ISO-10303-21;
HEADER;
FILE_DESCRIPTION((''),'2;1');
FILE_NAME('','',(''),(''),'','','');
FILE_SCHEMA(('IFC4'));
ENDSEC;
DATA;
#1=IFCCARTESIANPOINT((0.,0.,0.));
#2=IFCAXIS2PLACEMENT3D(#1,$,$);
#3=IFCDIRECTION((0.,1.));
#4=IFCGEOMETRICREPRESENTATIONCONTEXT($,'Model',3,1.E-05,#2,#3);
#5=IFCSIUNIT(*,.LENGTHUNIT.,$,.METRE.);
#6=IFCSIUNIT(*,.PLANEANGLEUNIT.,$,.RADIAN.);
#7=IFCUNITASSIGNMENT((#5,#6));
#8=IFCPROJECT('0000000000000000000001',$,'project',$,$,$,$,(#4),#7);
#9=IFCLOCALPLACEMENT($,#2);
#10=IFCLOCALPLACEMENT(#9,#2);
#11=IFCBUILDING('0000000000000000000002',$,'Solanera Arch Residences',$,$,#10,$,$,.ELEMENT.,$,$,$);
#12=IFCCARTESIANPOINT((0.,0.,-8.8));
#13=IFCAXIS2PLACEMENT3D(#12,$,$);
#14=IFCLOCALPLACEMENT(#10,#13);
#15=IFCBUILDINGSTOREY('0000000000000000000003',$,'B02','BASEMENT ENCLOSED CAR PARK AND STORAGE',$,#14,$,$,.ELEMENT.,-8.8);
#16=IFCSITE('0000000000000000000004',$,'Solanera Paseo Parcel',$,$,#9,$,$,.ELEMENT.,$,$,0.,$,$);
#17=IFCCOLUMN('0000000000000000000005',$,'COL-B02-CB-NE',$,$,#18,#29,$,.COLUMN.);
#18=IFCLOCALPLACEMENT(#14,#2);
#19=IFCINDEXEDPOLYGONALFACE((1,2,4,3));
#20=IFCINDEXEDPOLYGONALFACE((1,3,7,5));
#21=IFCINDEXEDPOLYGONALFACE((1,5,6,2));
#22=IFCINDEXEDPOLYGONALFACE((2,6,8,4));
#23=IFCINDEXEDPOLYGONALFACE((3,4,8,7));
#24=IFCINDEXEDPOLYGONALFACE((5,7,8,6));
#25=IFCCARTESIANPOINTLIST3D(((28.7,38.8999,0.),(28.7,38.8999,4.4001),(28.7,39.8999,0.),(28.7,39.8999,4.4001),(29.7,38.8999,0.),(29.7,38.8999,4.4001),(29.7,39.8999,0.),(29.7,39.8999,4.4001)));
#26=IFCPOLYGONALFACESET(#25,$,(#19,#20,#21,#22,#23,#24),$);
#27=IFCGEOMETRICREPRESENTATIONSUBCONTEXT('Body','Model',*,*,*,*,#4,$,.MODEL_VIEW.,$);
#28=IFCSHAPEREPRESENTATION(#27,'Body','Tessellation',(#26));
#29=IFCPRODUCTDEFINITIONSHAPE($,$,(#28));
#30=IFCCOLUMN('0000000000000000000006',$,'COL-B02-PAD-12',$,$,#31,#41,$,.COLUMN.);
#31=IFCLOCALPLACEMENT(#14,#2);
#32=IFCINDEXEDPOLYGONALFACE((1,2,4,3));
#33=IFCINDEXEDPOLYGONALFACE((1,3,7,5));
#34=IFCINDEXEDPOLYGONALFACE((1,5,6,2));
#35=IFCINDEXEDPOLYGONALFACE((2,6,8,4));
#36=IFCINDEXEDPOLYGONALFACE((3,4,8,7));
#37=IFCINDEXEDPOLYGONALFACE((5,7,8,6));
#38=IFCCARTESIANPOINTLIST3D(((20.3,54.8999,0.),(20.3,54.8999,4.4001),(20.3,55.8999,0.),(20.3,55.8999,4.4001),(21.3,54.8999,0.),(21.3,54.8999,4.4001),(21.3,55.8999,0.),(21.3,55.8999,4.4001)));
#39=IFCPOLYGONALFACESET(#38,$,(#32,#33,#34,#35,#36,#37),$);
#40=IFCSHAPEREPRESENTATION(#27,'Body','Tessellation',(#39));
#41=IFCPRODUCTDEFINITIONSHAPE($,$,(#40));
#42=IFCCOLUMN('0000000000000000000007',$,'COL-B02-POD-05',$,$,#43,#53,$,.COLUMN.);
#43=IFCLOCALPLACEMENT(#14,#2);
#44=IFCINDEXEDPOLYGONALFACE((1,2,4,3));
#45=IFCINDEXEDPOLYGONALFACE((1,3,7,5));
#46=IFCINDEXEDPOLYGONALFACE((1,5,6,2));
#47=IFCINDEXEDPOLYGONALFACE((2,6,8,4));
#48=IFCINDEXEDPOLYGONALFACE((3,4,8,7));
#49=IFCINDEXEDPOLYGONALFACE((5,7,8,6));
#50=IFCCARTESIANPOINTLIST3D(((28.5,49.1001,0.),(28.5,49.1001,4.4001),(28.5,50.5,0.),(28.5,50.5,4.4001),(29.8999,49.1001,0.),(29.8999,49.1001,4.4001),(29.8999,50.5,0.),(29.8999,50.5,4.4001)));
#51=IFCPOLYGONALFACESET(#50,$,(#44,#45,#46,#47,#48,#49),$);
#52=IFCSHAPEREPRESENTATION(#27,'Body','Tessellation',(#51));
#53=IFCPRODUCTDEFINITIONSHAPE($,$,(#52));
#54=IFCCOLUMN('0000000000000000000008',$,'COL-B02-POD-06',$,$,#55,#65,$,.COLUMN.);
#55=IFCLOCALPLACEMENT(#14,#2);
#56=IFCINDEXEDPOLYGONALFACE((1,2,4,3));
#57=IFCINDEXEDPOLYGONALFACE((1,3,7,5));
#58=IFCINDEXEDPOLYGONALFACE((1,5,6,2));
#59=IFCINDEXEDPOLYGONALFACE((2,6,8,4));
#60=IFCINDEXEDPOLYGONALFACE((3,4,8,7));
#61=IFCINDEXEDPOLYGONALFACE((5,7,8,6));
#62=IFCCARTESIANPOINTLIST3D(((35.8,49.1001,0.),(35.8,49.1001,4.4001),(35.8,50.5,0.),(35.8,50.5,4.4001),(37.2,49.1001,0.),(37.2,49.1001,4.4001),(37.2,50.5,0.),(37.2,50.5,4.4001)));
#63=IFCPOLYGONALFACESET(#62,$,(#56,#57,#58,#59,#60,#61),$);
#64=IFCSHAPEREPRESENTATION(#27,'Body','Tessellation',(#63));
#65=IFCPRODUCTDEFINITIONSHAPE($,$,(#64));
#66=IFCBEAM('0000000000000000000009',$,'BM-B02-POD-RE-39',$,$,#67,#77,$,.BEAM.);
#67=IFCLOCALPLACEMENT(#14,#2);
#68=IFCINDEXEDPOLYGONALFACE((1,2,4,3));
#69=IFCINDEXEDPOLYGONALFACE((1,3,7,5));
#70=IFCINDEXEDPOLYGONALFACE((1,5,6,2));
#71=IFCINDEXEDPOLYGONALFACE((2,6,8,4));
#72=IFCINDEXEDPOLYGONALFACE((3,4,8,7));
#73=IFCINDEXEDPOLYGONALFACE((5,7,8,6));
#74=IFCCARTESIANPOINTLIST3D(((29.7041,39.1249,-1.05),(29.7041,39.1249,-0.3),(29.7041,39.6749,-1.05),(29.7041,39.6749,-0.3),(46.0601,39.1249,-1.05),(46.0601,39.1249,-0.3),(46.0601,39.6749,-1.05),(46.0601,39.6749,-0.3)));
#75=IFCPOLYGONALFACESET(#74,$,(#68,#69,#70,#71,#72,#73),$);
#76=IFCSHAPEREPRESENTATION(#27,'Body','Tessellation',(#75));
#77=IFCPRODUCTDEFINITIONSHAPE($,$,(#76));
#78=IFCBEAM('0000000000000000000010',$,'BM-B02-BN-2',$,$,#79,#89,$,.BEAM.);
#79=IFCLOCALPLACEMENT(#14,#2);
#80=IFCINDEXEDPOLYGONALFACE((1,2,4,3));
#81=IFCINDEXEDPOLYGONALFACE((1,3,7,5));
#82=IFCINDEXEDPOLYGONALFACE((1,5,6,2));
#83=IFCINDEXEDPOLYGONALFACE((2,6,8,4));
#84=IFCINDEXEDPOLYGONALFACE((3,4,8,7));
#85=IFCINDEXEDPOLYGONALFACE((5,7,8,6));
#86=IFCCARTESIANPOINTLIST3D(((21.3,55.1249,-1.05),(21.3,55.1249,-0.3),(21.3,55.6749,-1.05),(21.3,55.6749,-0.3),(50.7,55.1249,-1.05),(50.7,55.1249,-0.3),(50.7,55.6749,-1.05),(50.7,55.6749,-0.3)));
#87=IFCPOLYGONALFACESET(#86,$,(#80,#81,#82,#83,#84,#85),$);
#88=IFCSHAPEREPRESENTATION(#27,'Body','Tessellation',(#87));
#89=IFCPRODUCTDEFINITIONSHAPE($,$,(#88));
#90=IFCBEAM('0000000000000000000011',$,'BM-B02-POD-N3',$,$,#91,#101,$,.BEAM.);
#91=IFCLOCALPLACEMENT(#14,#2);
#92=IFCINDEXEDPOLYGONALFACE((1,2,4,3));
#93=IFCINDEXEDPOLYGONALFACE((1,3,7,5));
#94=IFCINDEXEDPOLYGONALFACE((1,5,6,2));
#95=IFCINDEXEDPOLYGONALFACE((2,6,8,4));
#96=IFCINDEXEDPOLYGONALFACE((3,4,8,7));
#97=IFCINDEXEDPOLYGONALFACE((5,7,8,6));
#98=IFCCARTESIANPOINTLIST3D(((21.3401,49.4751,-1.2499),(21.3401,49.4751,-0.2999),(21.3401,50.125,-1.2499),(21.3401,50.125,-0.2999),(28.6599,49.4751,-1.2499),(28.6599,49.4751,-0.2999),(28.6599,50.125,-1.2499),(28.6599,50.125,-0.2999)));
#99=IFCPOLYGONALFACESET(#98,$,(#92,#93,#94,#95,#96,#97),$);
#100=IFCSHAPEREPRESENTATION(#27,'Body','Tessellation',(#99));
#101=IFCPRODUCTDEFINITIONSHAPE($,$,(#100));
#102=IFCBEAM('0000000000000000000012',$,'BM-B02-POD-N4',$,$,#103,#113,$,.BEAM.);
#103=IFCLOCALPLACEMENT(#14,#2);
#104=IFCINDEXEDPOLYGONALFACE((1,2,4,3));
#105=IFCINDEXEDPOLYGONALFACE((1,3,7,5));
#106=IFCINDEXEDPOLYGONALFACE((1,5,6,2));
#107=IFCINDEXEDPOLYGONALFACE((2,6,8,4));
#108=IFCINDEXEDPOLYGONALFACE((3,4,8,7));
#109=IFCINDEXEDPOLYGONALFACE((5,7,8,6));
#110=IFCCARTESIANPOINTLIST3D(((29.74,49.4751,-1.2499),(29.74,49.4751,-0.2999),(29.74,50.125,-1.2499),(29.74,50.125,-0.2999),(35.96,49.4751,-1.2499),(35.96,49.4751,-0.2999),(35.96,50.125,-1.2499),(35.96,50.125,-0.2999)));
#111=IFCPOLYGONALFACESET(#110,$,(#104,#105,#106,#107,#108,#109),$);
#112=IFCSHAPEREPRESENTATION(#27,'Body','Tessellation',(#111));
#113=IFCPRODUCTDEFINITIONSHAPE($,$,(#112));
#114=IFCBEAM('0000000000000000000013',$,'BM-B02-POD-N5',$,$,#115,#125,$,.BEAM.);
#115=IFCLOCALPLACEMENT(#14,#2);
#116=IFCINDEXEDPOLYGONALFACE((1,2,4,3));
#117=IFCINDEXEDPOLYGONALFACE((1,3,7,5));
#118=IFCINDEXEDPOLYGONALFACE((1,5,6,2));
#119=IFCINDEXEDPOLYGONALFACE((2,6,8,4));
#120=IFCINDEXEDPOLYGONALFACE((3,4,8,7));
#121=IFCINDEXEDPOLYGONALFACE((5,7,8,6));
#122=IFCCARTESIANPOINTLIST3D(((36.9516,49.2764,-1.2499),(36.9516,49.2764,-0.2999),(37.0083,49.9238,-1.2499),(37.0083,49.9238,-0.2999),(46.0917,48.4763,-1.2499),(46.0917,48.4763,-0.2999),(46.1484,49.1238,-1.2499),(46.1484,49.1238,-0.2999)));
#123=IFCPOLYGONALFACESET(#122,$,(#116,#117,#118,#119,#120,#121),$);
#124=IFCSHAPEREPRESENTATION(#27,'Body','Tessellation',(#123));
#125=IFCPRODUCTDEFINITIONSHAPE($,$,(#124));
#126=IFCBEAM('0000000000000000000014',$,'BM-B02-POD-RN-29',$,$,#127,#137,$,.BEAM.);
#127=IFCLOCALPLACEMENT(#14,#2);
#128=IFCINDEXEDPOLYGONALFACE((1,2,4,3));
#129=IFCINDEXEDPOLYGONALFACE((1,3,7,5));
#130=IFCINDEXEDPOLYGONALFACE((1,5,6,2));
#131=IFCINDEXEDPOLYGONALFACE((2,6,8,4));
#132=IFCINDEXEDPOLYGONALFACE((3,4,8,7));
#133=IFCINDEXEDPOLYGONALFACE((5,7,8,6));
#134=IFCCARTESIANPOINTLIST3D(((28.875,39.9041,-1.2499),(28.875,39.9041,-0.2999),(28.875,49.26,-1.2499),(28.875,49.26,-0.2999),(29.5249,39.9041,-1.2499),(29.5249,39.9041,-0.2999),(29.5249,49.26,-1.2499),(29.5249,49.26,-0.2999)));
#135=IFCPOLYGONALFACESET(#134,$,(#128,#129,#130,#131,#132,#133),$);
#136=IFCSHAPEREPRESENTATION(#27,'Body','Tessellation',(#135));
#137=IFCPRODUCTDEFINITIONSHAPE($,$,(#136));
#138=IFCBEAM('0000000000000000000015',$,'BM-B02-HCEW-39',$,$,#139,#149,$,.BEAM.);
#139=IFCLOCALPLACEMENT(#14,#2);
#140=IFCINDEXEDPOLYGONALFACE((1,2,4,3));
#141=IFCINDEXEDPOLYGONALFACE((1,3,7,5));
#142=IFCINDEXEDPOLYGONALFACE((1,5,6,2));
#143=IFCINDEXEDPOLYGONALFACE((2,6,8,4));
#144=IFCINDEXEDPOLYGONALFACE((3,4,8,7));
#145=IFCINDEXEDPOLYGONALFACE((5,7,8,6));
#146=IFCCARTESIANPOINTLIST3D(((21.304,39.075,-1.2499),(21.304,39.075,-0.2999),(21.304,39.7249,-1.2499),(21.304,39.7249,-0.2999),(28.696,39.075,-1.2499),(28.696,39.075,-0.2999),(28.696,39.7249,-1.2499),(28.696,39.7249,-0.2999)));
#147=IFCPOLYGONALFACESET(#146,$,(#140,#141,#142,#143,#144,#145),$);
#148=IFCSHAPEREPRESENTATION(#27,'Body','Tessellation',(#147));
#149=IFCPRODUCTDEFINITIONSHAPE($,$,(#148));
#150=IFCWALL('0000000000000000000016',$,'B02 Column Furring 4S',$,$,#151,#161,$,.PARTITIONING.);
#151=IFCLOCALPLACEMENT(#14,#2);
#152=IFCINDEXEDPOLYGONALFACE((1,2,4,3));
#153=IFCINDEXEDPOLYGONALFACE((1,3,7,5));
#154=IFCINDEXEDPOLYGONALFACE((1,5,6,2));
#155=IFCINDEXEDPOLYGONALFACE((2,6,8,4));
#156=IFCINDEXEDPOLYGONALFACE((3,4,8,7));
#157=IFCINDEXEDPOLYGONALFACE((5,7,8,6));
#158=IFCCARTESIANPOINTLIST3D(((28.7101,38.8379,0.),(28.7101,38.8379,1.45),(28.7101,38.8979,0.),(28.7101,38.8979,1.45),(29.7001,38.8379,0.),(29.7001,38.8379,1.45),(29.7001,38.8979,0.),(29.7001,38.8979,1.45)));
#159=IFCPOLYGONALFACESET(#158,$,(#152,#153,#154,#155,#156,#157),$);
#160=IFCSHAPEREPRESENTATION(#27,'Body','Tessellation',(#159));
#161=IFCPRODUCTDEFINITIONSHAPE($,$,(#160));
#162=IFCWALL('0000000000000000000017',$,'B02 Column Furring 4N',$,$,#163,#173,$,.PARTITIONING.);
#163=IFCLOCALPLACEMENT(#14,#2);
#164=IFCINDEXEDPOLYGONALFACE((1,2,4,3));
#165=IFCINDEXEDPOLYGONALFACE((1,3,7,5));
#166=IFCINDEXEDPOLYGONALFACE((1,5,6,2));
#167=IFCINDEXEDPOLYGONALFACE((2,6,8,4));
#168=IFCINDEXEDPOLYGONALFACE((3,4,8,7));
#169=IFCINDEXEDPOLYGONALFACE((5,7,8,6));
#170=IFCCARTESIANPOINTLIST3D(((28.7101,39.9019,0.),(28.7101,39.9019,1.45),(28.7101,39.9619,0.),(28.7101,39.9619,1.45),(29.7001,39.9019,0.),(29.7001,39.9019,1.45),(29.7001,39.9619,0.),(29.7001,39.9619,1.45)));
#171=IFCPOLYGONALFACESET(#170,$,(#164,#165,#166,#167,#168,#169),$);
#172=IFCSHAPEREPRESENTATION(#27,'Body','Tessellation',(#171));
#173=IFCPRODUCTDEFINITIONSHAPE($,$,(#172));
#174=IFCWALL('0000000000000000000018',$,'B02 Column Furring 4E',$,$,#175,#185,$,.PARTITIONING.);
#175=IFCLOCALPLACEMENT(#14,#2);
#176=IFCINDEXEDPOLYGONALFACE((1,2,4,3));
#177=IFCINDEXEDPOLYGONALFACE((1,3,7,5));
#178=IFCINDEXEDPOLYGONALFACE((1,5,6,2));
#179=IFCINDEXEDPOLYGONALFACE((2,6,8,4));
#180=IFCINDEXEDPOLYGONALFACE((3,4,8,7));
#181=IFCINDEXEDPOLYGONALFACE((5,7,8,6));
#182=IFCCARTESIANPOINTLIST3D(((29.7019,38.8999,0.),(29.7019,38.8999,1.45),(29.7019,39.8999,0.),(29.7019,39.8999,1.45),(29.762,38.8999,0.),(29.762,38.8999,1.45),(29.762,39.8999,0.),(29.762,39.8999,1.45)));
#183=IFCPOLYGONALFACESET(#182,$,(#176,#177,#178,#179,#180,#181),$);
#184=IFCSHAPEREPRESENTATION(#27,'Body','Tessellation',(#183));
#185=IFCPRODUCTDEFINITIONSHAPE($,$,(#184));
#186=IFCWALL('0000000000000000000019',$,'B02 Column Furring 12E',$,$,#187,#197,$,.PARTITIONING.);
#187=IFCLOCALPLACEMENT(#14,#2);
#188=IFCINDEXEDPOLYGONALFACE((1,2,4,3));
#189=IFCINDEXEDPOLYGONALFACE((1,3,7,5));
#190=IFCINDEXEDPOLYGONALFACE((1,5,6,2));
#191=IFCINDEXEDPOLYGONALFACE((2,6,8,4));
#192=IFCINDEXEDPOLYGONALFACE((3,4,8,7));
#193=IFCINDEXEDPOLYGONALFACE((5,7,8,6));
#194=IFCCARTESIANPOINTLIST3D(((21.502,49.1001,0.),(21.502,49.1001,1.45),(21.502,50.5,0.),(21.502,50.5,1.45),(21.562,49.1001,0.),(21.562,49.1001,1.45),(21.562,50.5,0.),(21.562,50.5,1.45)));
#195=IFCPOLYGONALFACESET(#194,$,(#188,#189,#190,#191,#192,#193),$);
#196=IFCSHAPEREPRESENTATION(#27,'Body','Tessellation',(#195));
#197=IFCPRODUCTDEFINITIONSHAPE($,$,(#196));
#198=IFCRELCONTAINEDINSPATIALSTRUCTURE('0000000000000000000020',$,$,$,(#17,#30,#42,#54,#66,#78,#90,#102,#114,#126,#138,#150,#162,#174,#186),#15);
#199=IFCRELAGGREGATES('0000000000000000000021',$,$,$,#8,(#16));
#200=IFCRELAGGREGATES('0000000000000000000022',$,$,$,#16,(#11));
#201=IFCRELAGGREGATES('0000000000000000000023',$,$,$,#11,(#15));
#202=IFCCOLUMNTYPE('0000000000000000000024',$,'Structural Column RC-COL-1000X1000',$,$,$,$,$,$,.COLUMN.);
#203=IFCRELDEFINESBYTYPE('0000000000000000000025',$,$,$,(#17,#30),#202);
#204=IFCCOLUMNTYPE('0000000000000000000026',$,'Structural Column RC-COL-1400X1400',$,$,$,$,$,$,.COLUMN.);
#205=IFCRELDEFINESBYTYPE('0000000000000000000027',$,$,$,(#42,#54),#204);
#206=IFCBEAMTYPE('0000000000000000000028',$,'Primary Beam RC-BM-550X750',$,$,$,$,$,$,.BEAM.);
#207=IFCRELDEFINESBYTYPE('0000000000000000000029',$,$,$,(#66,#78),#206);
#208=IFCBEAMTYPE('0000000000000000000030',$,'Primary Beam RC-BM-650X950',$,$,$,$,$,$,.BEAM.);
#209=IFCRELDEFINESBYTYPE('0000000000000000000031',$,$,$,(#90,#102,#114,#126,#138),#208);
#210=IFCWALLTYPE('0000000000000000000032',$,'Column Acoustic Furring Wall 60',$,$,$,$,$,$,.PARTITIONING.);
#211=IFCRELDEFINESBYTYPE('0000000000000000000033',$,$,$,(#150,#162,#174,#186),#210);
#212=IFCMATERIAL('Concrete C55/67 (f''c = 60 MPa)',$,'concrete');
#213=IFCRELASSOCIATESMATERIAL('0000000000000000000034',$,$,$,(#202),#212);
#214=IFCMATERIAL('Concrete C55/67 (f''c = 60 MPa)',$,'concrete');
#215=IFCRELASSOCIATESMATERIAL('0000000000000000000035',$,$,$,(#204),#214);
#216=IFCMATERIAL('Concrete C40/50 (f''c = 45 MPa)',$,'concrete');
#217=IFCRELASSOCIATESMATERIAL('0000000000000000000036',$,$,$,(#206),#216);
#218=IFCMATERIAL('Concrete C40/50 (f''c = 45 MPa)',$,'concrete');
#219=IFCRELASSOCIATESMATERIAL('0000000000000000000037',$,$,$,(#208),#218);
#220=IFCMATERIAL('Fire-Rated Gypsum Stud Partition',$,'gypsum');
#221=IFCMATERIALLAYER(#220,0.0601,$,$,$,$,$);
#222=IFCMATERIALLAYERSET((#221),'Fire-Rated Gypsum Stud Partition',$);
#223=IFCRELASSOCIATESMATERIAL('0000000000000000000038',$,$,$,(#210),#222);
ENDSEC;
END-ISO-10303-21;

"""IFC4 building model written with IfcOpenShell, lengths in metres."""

from ifc_helpers import new_model, si_unit, direction, frame, frame_2d, origin, origin_2d, place, context, subcontext, project, spatial, rectangle, extrude, material, layer, layer_set, material_profile, profile_set, type_object, element, save


model = new_model("IFC4")

# Units and contexts
model_context = context("Model", 3, precision=1e-05, world=origin(), true_north=direction((0.0, 1.0)))
body_context = subcontext(model_context, "Body", "Model", "MODEL_VIEW")
ifc_project = project(units=[si_unit("LENGTHUNIT", "METRE"), si_unit("PLANEANGLEUNIT", "RADIAN")], contexts=[model_context])

# Site, building, storey
site_placement = place(None, origin())
site = spatial("IfcSite", under=ifc_project, at=site_placement, Name="Solanera Paseo Parcel", CompositionType="ELEMENT", RefElevation=0.0)
building_placement = place(site_placement, origin())
building = spatial("IfcBuilding", under=site, at=building_placement, Name="Solanera Arch Residences", CompositionType="ELEMENT")
storey_placement = place(building_placement, frame((0.0, 0.0, -8.8)))
storey = spatial("IfcBuildingStorey", under=building, at=storey_placement, Name="B02", Description="BASEMENT ENCLOSED CAR PARK AND STORAGE", CompositionType="ELEMENT", Elevation=-8.8)

# Columns
ifc_material_1 = material(Name="Concrete C55/67 (f'c = 60 MPa)", Category="concrete")
ifc_material_profile_1 = material_profile(ifc_material_1, rectangle(XDim=1.0, YDim=1.0, at=origin_2d()))
ifc_profile_set_1 = profile_set([ifc_material_profile_1], Name="Concrete C55/67 (f'c = 60 MPa)")
column_type_1 = type_object("IfcColumnType", Name="Structural Column RC-COL-1000X1000", PredefinedType="COLUMN", material=ifc_profile_set_1)
for number, where, z_axis, x_axis, name in (
    (1, (29.2, 39.3999, 0.0), (0.0, 0.0, 1.0), (1.0, 0.0, 0.0), "COL-B02-CB-NE"),
    (2, (20.8, 55.3999, 0.0), (0.0, 0.0, 1.0), (1.0, 0.0, 0.0), "COL-B02-PAD-12"),
):
    element("IfcColumn", number, at=place(storey_placement, frame(where, z_axis=z_axis, x_axis=x_axis)), inside=storey, type_object=column_type_1, Name=name, PredefinedType="COLUMN", context=body_context, shape_type="SweptSolid", body=[
        extrude(rectangle(XDim=1.0, YDim=1.0, at=origin_2d()), origin(), (0.0, 0.0, 1.0), 4.4001),
    ])
ifc_material_2 = material(Name="Concrete C55/67 (f'c = 60 MPa)", Category="concrete")
ifc_material_profile_2 = material_profile(ifc_material_2, rectangle(XDim=1.3999, YDim=1.3999, at=origin_2d()))
ifc_profile_set_2 = profile_set([ifc_material_profile_2], Name="Concrete C55/67 (f'c = 60 MPa)")
column_type_2 = type_object("IfcColumnType", Name="Structural Column RC-COL-1400X1400", PredefinedType="COLUMN", material=ifc_profile_set_2)
for number, where, z_axis, x_axis, name in (
    (3, (29.2, 49.8, 0.0), (0.0, 0.0, 1.0), (1.0, 0.0, 0.0), "COL-B02-POD-05"),
    (4, (36.5, 49.8, 0.0), (0.0, 0.0, 1.0), (1.0, 0.0, 0.0), "COL-B02-POD-06"),
):
    element("IfcColumn", number, at=place(storey_placement, frame(where, z_axis=z_axis, x_axis=x_axis)), inside=storey, type_object=column_type_2, Name=name, PredefinedType="COLUMN", context=body_context, shape_type="SweptSolid", body=[
        extrude(rectangle(XDim=1.3999, YDim=1.3999, at=origin_2d()), origin(), (0.0, 0.0, 1.0), 4.4001),
    ])

# Beams
ifc_material_3 = material(Name="Concrete C40/50 (f'c = 45 MPa)", Category="concrete")
ifc_material_profile_3 = material_profile(ifc_material_3, rectangle(XDim=0.55, YDim=0.75, at=origin_2d()))
ifc_profile_set_3 = profile_set([ifc_material_profile_3], Name="Concrete C40/50 (f'c = 45 MPa)")
beam_type_1 = type_object("IfcBeamType", Name="Primary Beam RC-BM-550X750", PredefinedType="BEAM", material=ifc_profile_set_3)
beam_1_placement = place(storey_placement, frame((29.7041, 39.3999, -0.675), z_axis=(1.0, 0.0, 0.0), x_axis=(0.0, 1.0, 0.0)))
element("IfcBeam", 5, at=beam_1_placement, inside=storey, type_object=beam_type_1, Name="BM-B02-POD-RE-39", PredefinedType="BEAM", context=body_context, shape_type="SweptSolid", body=[
    extrude(rectangle(XDim=0.55, YDim=0.75, at=origin_2d()), origin(), (0.0, 0.0, 1.0), 16.356),
])
beam_2_placement = place(storey_placement, frame((21.3, 55.3999, -0.675), z_axis=(1.0, 0.0, 0.0), x_axis=(0.0, 1.0, 0.0)))
element("IfcBeam", 6, at=beam_2_placement, inside=storey, type_object=beam_type_1, Name="BM-B02-BN-2", PredefinedType="BEAM", context=body_context, shape_type="SweptSolid", body=[
    extrude(rectangle(XDim=0.55, YDim=0.75, at=origin_2d()), origin(), (0.0, 0.0, 1.0), 29.3999),
])
ifc_material_4 = material(Name="Concrete C40/50 (f'c = 45 MPa)", Category="concrete")
ifc_material_profile_4 = material_profile(ifc_material_4, rectangle(XDim=0.6499, YDim=0.95, at=origin_2d()))
ifc_profile_set_4 = profile_set([ifc_material_profile_4], Name="Concrete C40/50 (f'c = 45 MPa)")
beam_type_2 = type_object("IfcBeamType", Name="Primary Beam RC-BM-650X950", PredefinedType="BEAM", material=ifc_profile_set_4)
beam_3_placement = place(storey_placement, frame((21.3401, 49.8, -0.7749), z_axis=(1.0, 0.0, 0.0), x_axis=(0.0, 1.0, 0.0)))
element("IfcBeam", 7, at=beam_3_placement, inside=storey, type_object=beam_type_2, Name="BM-B02-POD-N3", PredefinedType="BEAM", context=body_context, shape_type="SweptSolid", body=[
    extrude(rectangle(XDim=0.6499, YDim=0.95, at=origin_2d()), origin(), (0.0, 0.0, 1.0), 7.3198),
])
beam_4_placement = place(storey_placement, frame((29.74, 49.8, -0.7749), z_axis=(1.0, 0.0, 0.0), x_axis=(0.0, 1.0, 0.0)))
element("IfcBeam", 8, at=beam_4_placement, inside=storey, type_object=beam_type_2, Name="BM-B02-POD-N4", PredefinedType="BEAM", context=body_context, shape_type="SweptSolid", body=[
    extrude(rectangle(XDim=0.6499, YDim=0.95, at=origin_2d()), origin(), (0.0, 0.0, 1.0), 6.22),
])
beam_5_placement = place(storey_placement, frame((36.98, 49.6001, -0.7749), z_axis=(0.996191, -0.087198, 0.0), x_axis=(0.087198, 0.996191, 0.0)))
element("IfcBeam", 9, at=beam_5_placement, inside=storey, type_object=beam_type_2, Name="BM-B02-POD-N5", PredefinedType="BEAM", context=body_context, shape_type="SweptSolid", body=[
    extrude(rectangle(XDim=0.6499, YDim=0.95, at=origin_2d()), origin(), (0.0, 0.0, 1.0), 9.175),
])
beam_6_placement = place(storey_placement, frame((29.2, 39.9041, -0.7749), z_axis=(0.0, 1.0, 0.0), x_axis=(-1.0, 0.0, 0.0)))
element("IfcBeam", 10, at=beam_6_placement, inside=storey, type_object=beam_type_2, Name="BM-B02-POD-RN-29", PredefinedType="BEAM", context=body_context, shape_type="SweptSolid", body=[
    extrude(rectangle(XDim=0.6499, YDim=0.95, at=origin_2d()), origin(), (0.0, 0.0, 1.0), 9.356),
])
beam_7_placement = place(storey_placement, frame((21.304, 39.3999, -0.7749), z_axis=(1.0, 0.0, 0.0), x_axis=(0.0, 1.0, 0.0)))
element("IfcBeam", 11, at=beam_7_placement, inside=storey, type_object=beam_type_2, Name="BM-B02-HCEW-39", PredefinedType="BEAM", context=body_context, shape_type="SweptSolid", body=[
    extrude(rectangle(XDim=0.6499, YDim=0.95, at=origin_2d()), origin(), (0.0, 0.0, 1.0), 7.3921),
])

# Walls
ifc_material_5 = material(Name="Fire-Rated Gypsum Stud Partition", Category="gypsum")
ifc_layer_1 = layer(ifc_material_5, 0.0601)
ifc_layer_set_1 = layer_set([ifc_layer_1], Name="Fire-Rated Gypsum Stud Partition")
wall_type_1 = type_object("IfcWallType", Name="Column Acoustic Furring Wall 60", PredefinedType="PARTITIONING", material=ifc_layer_set_1)
for number, where, z_axis, x_axis, name in (
    (12, (28.71, 38.8679, 0.0), (0.0, 0.0, 1.0), (1.0, 0.0, 0.0), "B02 Column Furring 4S"),
    (13, (28.71, 39.9319, 0.0), (0.0, 0.0, 1.0), (1.0, 0.0, 0.0), "B02 Column Furring 4N"),
):
    element("IfcWall", number, at=place(storey_placement, frame(where, z_axis=z_axis, x_axis=x_axis)), inside=storey, type_object=wall_type_1, Name=name, PredefinedType="PARTITIONING", context=body_context, shape_type="SweptSolid", body=[
        extrude(rectangle(XDim=0.99, YDim=0.0601, at=frame_2d((0.4951, 0.0))), origin(), (0.0, 0.0, 1.0), 1.45),
    ])
wall_1_placement = place(storey_placement, frame((29.7319, 38.8999, 0.0), z_axis=(0.0, 0.0, 1.0), x_axis=(0.0, 1.0, 0.0)))
element("IfcWall", 14, at=wall_1_placement, inside=storey, type_object=wall_type_1, Name="B02 Column Furring 4E", PredefinedType="PARTITIONING", context=body_context, shape_type="SweptSolid", body=[
    extrude(rectangle(XDim=1.0, YDim=0.0601, at=frame_2d((0.5, 0.0))), origin(), (0.0, 0.0, 1.0), 1.45),
])
for number, where, z_axis, x_axis, name in (
    (15, (21.532, 49.1001, 0.0), (0.0, 0.0, 1.0), (0.0, 1.0, 0.0), "B02 Column Furring 12E"),
):
    element("IfcWall", number, at=place(storey_placement, frame(where, z_axis=z_axis, x_axis=x_axis)), inside=storey, type_object=wall_type_1, Name=name, PredefinedType="PARTITIONING", context=body_context, shape_type="SweptSolid", body=[
        extrude(rectangle(XDim=1.3999, YDim=0.0601, at=frame_2d((0.7, 0.0))), origin(), (0.0, 0.0, 1.0), 1.45),
    ])

save(model, "model.ifc")
